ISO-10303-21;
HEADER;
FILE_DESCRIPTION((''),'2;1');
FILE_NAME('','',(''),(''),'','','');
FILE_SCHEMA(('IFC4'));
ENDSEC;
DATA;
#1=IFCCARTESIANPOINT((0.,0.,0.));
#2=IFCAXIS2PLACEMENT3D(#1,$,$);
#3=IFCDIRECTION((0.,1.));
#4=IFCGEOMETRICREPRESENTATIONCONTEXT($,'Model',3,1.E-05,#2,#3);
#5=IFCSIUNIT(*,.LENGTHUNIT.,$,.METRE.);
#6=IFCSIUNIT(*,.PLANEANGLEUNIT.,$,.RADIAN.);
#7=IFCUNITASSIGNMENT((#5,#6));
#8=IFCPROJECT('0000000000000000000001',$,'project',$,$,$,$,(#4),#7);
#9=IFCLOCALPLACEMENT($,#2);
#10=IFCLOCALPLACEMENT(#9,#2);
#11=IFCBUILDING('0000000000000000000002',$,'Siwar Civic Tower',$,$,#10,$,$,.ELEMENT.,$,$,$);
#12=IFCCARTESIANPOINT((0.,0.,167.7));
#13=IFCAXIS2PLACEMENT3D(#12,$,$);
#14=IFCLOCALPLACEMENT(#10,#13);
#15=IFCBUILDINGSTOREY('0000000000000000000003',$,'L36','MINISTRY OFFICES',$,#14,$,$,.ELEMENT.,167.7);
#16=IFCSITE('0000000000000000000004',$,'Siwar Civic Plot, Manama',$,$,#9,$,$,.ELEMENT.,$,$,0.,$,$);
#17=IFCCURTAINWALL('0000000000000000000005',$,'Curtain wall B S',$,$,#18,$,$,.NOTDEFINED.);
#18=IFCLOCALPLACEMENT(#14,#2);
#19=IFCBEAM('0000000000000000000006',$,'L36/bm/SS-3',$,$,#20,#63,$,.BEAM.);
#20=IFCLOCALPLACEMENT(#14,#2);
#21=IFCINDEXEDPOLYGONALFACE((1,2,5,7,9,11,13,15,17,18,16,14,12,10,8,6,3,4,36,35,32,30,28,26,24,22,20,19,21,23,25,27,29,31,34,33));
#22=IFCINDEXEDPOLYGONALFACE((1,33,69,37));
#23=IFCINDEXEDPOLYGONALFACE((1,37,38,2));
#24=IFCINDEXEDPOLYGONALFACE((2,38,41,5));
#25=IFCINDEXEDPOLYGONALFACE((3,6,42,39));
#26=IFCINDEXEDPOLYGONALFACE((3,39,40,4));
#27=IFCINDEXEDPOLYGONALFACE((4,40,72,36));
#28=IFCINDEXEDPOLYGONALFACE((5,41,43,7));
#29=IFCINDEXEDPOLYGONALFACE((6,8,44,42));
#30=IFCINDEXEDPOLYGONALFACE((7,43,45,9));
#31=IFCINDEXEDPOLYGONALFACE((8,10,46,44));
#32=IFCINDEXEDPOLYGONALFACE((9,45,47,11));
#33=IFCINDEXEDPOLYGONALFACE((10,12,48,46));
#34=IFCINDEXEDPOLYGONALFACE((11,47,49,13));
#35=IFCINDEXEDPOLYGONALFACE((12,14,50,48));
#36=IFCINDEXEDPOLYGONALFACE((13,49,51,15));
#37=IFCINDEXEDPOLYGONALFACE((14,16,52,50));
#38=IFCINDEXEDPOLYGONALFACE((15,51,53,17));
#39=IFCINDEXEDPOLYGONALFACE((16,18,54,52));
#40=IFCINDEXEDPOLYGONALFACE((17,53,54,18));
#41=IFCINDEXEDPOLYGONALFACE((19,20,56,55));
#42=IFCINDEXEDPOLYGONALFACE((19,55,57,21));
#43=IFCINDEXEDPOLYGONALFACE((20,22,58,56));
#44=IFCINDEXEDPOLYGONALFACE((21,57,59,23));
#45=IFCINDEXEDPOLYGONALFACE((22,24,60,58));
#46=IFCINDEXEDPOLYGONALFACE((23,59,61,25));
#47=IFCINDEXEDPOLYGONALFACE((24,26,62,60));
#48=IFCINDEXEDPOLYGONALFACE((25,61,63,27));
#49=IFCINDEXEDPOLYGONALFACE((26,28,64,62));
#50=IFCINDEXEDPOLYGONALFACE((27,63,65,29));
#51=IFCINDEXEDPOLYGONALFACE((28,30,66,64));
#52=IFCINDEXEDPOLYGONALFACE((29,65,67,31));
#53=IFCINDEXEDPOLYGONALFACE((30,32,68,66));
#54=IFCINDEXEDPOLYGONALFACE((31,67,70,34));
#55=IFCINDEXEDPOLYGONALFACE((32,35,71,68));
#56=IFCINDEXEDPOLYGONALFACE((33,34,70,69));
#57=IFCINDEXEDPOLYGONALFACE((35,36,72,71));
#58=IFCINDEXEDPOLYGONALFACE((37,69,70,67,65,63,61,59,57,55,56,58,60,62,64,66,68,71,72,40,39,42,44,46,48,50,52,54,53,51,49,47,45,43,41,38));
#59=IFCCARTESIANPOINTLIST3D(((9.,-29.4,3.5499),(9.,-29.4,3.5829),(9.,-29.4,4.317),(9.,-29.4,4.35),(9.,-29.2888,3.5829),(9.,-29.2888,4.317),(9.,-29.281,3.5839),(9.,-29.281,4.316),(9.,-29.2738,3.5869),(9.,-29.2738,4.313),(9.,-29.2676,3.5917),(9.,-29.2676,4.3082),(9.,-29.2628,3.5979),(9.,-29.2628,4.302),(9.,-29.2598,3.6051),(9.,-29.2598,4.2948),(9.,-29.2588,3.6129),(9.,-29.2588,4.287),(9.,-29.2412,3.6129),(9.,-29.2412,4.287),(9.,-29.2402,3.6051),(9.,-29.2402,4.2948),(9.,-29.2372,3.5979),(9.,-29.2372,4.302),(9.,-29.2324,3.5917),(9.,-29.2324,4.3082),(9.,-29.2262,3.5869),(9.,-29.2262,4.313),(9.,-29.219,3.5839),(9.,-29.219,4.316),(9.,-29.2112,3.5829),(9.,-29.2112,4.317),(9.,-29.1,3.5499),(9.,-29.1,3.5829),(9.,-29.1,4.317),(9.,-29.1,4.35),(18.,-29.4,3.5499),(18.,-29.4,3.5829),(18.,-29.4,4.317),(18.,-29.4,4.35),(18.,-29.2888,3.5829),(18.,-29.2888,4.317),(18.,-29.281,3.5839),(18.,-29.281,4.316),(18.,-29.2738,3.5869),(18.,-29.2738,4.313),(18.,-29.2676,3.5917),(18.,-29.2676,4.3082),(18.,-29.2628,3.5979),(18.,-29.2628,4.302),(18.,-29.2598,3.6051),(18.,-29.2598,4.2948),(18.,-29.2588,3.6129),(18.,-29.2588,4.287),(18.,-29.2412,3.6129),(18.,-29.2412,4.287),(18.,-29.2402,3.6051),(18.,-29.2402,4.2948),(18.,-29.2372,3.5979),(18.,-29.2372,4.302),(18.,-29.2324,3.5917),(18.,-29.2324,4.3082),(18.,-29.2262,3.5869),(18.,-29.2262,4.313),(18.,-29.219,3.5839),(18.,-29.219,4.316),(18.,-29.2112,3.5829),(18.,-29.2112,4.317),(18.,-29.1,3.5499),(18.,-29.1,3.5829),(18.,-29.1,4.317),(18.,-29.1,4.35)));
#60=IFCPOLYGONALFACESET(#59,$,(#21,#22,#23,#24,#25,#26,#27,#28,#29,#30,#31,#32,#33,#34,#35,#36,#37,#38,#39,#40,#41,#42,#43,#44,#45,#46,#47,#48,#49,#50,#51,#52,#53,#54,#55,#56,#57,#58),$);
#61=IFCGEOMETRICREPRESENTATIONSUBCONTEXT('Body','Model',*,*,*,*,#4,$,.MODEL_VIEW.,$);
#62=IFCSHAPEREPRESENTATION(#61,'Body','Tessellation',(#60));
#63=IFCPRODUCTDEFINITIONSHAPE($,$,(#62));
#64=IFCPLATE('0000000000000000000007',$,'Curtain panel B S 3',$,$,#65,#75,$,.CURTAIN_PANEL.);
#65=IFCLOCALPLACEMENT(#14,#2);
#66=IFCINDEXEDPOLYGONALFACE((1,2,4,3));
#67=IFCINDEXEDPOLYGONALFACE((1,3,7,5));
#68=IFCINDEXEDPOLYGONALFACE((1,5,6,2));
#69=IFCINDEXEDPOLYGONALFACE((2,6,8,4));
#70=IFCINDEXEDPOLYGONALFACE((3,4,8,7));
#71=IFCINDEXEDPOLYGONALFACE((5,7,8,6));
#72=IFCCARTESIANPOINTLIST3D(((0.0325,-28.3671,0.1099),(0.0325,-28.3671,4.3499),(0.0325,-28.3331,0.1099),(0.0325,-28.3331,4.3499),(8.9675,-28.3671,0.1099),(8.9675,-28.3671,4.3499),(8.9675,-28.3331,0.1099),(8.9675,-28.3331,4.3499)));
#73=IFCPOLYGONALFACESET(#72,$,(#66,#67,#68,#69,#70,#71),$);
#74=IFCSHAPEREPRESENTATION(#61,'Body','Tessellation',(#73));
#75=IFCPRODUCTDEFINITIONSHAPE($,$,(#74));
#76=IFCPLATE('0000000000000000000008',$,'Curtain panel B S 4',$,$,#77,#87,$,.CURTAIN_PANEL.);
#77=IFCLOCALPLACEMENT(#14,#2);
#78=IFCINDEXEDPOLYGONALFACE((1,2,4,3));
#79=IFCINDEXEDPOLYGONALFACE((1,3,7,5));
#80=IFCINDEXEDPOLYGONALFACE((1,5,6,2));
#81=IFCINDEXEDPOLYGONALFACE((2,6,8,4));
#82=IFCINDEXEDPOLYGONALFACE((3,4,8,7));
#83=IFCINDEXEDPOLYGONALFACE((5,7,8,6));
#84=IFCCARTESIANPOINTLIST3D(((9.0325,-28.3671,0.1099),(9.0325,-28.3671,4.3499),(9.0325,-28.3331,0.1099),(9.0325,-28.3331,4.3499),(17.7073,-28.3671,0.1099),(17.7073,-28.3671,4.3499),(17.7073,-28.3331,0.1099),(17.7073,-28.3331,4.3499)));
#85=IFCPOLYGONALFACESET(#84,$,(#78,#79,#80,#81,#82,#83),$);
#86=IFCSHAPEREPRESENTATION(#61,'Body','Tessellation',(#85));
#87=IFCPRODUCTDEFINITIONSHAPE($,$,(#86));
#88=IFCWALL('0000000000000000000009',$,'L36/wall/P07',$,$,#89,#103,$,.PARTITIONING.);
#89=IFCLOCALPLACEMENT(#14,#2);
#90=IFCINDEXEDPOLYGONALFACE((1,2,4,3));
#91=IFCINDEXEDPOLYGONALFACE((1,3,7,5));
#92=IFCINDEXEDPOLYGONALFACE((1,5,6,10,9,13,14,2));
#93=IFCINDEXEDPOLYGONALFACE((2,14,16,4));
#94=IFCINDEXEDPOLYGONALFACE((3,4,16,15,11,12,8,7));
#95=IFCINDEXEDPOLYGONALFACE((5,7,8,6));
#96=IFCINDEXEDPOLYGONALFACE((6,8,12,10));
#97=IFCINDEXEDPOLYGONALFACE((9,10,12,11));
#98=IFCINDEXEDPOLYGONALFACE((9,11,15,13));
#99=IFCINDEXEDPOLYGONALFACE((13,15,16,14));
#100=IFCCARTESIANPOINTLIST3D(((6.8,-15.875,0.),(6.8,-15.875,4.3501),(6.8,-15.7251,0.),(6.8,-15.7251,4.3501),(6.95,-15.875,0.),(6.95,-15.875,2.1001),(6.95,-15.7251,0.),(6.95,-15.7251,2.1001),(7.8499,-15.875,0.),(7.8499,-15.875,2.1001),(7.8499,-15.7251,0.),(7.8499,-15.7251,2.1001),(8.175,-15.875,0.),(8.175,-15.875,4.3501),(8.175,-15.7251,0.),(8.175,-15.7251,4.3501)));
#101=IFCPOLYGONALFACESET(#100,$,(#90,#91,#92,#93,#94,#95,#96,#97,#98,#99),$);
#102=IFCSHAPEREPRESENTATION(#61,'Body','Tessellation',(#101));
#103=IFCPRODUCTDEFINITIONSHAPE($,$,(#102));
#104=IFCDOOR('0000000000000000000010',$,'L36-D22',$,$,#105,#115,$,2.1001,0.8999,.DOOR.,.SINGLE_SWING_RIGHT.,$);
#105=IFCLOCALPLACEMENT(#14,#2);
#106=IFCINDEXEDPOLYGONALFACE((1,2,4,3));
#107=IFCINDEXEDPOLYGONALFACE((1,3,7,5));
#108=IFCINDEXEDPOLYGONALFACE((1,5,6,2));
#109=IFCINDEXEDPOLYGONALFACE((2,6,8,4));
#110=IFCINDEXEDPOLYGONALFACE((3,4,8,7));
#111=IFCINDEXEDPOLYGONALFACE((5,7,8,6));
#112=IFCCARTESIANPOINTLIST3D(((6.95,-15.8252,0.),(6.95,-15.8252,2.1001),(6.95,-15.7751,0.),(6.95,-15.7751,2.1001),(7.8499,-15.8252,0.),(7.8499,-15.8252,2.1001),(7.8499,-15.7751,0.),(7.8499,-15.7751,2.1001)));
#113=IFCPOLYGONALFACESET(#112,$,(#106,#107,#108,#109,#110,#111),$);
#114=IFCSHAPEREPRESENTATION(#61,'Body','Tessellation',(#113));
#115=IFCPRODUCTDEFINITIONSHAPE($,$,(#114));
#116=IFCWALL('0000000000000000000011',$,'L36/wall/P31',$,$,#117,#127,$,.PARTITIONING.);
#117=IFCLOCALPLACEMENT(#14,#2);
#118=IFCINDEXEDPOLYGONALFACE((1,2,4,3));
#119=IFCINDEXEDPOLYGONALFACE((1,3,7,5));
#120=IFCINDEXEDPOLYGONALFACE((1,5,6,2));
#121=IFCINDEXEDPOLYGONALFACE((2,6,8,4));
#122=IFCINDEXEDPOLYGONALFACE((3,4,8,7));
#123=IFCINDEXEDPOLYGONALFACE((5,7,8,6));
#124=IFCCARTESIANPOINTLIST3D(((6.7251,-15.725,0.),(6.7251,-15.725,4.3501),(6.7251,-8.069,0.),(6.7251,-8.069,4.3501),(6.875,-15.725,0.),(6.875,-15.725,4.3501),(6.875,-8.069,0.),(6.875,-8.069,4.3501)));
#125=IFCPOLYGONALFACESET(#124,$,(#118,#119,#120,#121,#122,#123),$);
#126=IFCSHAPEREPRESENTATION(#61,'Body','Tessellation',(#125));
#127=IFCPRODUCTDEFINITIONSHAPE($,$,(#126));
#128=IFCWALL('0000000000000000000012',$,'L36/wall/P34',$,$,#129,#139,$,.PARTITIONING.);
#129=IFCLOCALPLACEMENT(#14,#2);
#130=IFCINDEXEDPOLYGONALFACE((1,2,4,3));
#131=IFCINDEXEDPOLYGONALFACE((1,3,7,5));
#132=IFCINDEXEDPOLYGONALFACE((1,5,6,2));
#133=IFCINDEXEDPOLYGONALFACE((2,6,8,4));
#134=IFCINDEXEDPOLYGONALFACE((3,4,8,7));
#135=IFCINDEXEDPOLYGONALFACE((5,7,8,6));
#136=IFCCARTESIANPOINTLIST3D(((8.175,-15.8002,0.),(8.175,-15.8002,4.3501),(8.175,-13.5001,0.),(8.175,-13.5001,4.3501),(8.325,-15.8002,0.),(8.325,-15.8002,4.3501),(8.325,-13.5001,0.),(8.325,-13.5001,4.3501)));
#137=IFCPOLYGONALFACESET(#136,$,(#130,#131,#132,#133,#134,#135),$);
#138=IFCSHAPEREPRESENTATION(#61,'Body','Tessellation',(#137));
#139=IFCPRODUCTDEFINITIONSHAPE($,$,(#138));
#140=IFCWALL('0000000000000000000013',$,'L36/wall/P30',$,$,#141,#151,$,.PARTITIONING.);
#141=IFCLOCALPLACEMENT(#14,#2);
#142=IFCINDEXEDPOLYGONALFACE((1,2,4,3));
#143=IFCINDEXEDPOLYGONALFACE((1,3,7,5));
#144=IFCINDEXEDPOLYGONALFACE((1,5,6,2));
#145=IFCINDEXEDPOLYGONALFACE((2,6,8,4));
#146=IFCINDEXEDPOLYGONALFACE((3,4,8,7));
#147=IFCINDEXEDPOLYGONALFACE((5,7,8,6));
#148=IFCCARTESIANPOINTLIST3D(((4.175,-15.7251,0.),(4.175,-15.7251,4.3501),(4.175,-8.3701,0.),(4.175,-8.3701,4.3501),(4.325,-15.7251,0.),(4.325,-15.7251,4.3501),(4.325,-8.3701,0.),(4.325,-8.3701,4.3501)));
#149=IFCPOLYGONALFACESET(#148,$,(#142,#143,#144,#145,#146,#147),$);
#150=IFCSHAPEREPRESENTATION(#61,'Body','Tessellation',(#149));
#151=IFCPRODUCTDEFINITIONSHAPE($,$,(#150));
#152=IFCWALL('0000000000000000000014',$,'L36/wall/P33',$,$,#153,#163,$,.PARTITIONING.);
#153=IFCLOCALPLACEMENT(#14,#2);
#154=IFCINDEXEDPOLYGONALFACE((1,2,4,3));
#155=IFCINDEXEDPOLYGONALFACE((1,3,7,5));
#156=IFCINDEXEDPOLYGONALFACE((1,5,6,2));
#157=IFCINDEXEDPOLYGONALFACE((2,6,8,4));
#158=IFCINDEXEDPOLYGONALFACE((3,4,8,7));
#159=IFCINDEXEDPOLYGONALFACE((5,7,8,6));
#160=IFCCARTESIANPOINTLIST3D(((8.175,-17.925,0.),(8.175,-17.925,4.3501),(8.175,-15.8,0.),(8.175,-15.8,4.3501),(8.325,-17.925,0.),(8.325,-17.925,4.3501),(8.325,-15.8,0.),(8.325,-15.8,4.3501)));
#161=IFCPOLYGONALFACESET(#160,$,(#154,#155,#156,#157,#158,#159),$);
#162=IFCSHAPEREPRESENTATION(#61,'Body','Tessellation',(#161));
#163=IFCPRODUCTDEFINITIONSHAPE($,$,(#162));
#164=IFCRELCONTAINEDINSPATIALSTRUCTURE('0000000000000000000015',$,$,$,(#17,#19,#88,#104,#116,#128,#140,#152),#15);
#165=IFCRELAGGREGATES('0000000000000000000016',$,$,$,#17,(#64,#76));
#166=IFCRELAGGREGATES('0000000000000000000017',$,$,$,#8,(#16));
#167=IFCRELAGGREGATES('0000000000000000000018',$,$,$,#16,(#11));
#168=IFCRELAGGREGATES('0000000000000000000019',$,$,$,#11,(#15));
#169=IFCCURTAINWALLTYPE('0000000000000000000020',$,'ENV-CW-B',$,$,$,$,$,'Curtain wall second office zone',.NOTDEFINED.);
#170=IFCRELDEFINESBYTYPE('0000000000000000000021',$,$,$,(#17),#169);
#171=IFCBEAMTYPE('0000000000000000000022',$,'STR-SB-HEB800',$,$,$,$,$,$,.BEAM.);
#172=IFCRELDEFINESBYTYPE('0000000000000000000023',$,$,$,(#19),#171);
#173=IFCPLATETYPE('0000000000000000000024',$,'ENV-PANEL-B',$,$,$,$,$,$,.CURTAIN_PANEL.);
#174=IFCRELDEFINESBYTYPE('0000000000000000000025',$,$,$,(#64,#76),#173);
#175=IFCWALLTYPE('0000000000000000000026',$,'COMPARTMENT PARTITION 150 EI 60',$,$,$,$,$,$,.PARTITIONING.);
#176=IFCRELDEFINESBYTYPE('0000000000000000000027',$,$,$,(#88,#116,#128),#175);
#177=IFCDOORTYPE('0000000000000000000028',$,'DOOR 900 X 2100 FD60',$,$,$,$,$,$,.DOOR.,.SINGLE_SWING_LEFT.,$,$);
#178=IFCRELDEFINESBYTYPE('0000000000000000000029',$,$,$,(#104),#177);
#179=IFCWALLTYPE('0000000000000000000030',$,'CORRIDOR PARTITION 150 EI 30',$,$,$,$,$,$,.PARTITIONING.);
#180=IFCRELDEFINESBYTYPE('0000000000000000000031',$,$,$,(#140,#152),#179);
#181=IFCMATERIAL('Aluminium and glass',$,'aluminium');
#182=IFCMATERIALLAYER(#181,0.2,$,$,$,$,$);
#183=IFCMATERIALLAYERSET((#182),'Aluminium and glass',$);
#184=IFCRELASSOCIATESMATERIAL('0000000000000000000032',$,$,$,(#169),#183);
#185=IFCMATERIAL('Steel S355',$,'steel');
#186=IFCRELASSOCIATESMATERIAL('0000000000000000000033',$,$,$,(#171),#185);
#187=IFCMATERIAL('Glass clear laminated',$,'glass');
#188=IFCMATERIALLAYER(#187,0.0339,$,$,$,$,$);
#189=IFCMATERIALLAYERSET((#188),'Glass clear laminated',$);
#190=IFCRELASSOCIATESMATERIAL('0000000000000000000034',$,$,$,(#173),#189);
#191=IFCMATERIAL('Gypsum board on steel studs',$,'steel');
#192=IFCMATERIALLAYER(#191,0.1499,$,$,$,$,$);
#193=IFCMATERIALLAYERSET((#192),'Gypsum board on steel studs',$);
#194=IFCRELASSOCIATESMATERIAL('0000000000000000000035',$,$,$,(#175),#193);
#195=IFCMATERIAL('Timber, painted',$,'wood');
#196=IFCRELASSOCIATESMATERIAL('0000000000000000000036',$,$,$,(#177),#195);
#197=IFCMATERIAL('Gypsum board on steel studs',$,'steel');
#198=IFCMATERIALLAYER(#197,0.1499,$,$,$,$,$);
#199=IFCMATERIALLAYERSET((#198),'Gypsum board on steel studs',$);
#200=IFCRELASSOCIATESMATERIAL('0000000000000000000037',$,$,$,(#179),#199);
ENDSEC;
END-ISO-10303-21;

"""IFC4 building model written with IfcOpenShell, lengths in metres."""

from ifc_helpers import new_model, si_unit, direction, frame, frame_2d, origin, origin_2d, place, context, subcontext, project, spatial, rectangle, i_section, extrude, material, layer, layer_set, material_profile, profile_set, type_object, element, fill, aggregate, save


model = new_model("IFC4")

# Units and contexts
model_context = context("Model", 3, precision=1e-05, world=origin(), true_north=direction((0.0, 1.0)))
body_context = subcontext(model_context, "Body", "Model", "MODEL_VIEW")
ifc_project = project(units=[si_unit("LENGTHUNIT", "METRE"), si_unit("PLANEANGLEUNIT", "RADIAN")], contexts=[model_context])

# Site, building, storey
site_placement = place(None, origin())
site = spatial("IfcSite", under=ifc_project, at=site_placement, Name="Siwar Civic Plot, Manama", CompositionType="ELEMENT", RefElevation=0.0)
building_placement = place(site_placement, origin())
building = spatial("IfcBuilding", under=site, at=building_placement, Name="Siwar Civic Tower", CompositionType="ELEMENT")
storey_placement = place(building_placement, frame((0.0, 0.0, 167.7)))
storey = spatial("IfcBuildingStorey", under=building, at=storey_placement, Name="L36", Description="MINISTRY OFFICES", CompositionType="ELEMENT", Elevation=167.7)

# Curtain wall
ifc_material_1 = material(Name="Aluminium and glass", Category="aluminium")
ifc_layer_1 = layer(ifc_material_1, 0.2)
ifc_layer_set_1 = layer_set([ifc_layer_1], Name="Aluminium and glass")
curtain_wall_type = type_object("IfcCurtainWallType", Name="ENV-CW-B", ElementType="Curtain wall second office zone", PredefinedType="NOTDEFINED", material=ifc_layer_set_1)
curtain_wall_placement = place(storey_placement, origin())
curtain_wall = element("IfcCurtainWall", 1, at=curtain_wall_placement, inside=storey, type_object=curtain_wall_type, Name="Curtain wall B S", PredefinedType="NOTDEFINED")

# Beam
ifc_material_2 = material(Name="Steel S355", Category="steel")
ifc_material_profile_1 = material_profile(ifc_material_2, i_section(OverallWidth=0.3, OverallDepth=0.8, WebThickness=0.0176, FlangeThickness=0.033, FilletRadius=0.03, at=origin_2d()), Name="HEB800")
ifc_profile_set_1 = profile_set([ifc_material_profile_1], Name="Steel S355")
beam_type_1 = type_object("IfcBeamType", Name="STR-SB-HEB800", PredefinedType="BEAM", material=ifc_profile_set_1)
beam_1_placement = place(storey_placement, frame((9.0, -29.25, 3.95), z_axis=(1.0, 0.0, 0.0), x_axis=(0.0, 1.0, 0.0)))
element("IfcBeam", 2, at=beam_1_placement, inside=storey, type_object=beam_type_1, Name="L36/bm/SS-3", PredefinedType="BEAM", context=body_context, shape_type="SweptSolid", body=[
    extrude(i_section(OverallWidth=0.3, OverallDepth=0.8, WebThickness=0.0176, FlangeThickness=0.033, FilletRadius=0.03, at=origin_2d()), origin(), (0.0, 0.0, 1.0), 9.0),
])

# Plates
ifc_material_3 = material(Name="Glass clear laminated", Category="glass")
ifc_layer_2 = layer(ifc_material_3, 0.0339)
ifc_layer_set_2 = layer_set([ifc_layer_2], Name="Glass clear laminated")
plate_type = type_object("IfcPlateType", Name="ENV-PANEL-B", PredefinedType="CURTAIN_PANEL", material=ifc_layer_set_2)
plate_1_placement = place(storey_placement, frame((4.5, -28.3501, 0.1099), z_axis=(0.0, 0.0, 1.0), x_axis=(1.0, 0.0, 0.0)))
plate_1 = element("IfcPlate", 3, at=plate_1_placement, type_object=plate_type, Name="Curtain panel B S 3", PredefinedType="CURTAIN_PANEL", context=body_context, shape_type="SweptSolid", body=[
    extrude(rectangle(XDim=8.9351, YDim=0.0339, at=origin_2d()), origin(), (0.0, 0.0, 1.0), 4.24),
])
plate_2_placement = place(storey_placement, frame((13.3699, -28.3501, 0.1099), z_axis=(0.0, 0.0, 1.0), x_axis=(1.0, 0.0, 0.0)))
plate_2 = element("IfcPlate", 4, at=plate_2_placement, type_object=plate_type, Name="Curtain panel B S 4", PredefinedType="CURTAIN_PANEL", context=body_context, shape_type="SweptSolid", body=[
    extrude(rectangle(XDim=8.6748, YDim=0.0339, at=origin_2d()), origin(), (0.0, 0.0, 1.0), 4.24),
])
aggregate(curtain_wall, [plate_1, plate_2])

# Wall, opening, door
ifc_material_4 = material(Name="Gypsum board on steel studs", Category="steel")
ifc_layer_3 = layer(ifc_material_4, 0.1499)
ifc_layer_set_3 = layer_set([ifc_layer_3], Name="Gypsum board on steel studs")
wall_type_1 = type_object("IfcWallType", Name="COMPARTMENT PARTITION 150 EI 60", PredefinedType="PARTITIONING", material=ifc_layer_set_3)
wall_1_placement = place(storey_placement, frame((6.8, -15.8, 0.0), z_axis=(0.0, 0.0, 1.0), x_axis=(1.0, 0.0, 0.0)))
wall_1 = element("IfcWall", 5, at=wall_1_placement, inside=storey, type_object=wall_type_1, Name="L36/wall/P07", PredefinedType="PARTITIONING", context=body_context, shape_type="SweptSolid", body=[
    extrude(rectangle(XDim=1.375, YDim=0.1499, at=frame_2d((0.6875, 0.0))), origin(), (0.0, 0.0, 1.0), 4.3501),
])
opening_1_placement = place(wall_1_placement, frame((0.1499, 0.0, 0.0)))
opening_1 = element("IfcOpeningElement", 6, at=opening_1_placement, cuts=wall_1, PredefinedType="OPENING", context=body_context, shape_type="SweptSolid", body=[
    extrude(rectangle(XDim=0.8999, YDim=2.1001, at=frame_2d((0.45, 1.05))), frame((0.0, 0.085, 0.0), z_axis=(0.0, -1.0, 0.0), x_axis=(1.0, 0.0, 0.0)), (0.0, 0.0, 1.0), 0.1699),
])
ifc_material_5 = material(Name="Timber, painted", Category="wood")
door_type_1 = type_object("IfcDoorType", Name="DOOR 900 X 2100 FD60", OperationType="SINGLE_SWING_LEFT", PredefinedType="DOOR", material=ifc_material_5)
door_1_placement = place(opening_1_placement, origin())
door_1 = element("IfcDoor", 7, at=door_1_placement, inside=storey, type_object=door_type_1, Name="L36-D22", OperationType="SINGLE_SWING_RIGHT", OverallHeight=2.1001, OverallWidth=0.8999, PredefinedType="DOOR", context=body_context, shape_type="SweptSolid", body=[
    extrude(rectangle(XDim=0.8999, YDim=2.1001, at=frame_2d((0.45, 1.05))), frame((0.0, 0.0249, 0.0), z_axis=(0.0, -1.0, 0.0), x_axis=(1.0, 0.0, 0.0)), (0.0, 0.0, 1.0), 0.05),
])
fill(opening_1, door_1)

# Walls
wall_2_placement = place(storey_placement, frame((6.8, -15.7251, 0.0), z_axis=(0.0, 0.0, 1.0), x_axis=(0.0, 1.0, 0.0)))
element("IfcWall", 8, at=wall_2_placement, inside=storey, type_object=wall_type_1, Name="L36/wall/P31", PredefinedType="PARTITIONING", context=body_context, shape_type="SweptSolid", body=[
    extrude(rectangle(XDim=7.656, YDim=0.1499, at=frame_2d((3.8281, 0.0))), origin(), (0.0, 0.0, 1.0), 4.3501),
])
wall_3_placement = place(storey_placement, frame((8.25, -15.8, 0.0), z_axis=(0.0, 0.0, 1.0), x_axis=(0.0, 1.0, 0.0)))
element("IfcWall", 9, at=wall_3_placement, inside=storey, type_object=wall_type_1, Name="L36/wall/P34", PredefinedType="PARTITIONING", context=body_context, shape_type="SweptSolid", body=[
    extrude(rectangle(XDim=2.3, YDim=0.1499, at=frame_2d((1.1499, 0.0))), origin(), (0.0, 0.0, 1.0), 4.3501),
])
ifc_material_6 = material(Name="Gypsum board on steel studs", Category="steel")
ifc_layer_4 = layer(ifc_material_6, 0.1499)
ifc_layer_set_4 = layer_set([ifc_layer_4], Name="Gypsum board on steel studs")
wall_type_2 = type_object("IfcWallType", Name="CORRIDOR PARTITION 150 EI 30", PredefinedType="PARTITIONING", material=ifc_layer_set_4)
wall_4_placement = place(storey_placement, frame((4.25, -15.7251, 0.0), z_axis=(0.0, 0.0, 1.0), x_axis=(0.0, 1.0, 0.0)))
element("IfcWall", 10, at=wall_4_placement, inside=storey, type_object=wall_type_2, Name="L36/wall/P30", PredefinedType="PARTITIONING", context=body_context, shape_type="SweptSolid", body=[
    extrude(rectangle(XDim=7.355, YDim=0.1499, at=frame_2d((3.6775, 0.0))), origin(), (0.0, 0.0, 1.0), 4.3501),
])
wall_5_placement = place(storey_placement, frame((8.25, -17.925, 0.0), z_axis=(0.0, 0.0, 1.0), x_axis=(0.0, 1.0, 0.0)))
element("IfcWall", 11, at=wall_5_placement, inside=storey, type_object=wall_type_2, Name="L36/wall/P33", PredefinedType="PARTITIONING", context=body_context, shape_type="SweptSolid", body=[
    extrude(rectangle(XDim=2.125, YDim=0.1499, at=frame_2d((1.0625, 0.0))), origin(), (0.0, 0.0, 1.0), 4.3501),
])

save(model, "model.ifc")
